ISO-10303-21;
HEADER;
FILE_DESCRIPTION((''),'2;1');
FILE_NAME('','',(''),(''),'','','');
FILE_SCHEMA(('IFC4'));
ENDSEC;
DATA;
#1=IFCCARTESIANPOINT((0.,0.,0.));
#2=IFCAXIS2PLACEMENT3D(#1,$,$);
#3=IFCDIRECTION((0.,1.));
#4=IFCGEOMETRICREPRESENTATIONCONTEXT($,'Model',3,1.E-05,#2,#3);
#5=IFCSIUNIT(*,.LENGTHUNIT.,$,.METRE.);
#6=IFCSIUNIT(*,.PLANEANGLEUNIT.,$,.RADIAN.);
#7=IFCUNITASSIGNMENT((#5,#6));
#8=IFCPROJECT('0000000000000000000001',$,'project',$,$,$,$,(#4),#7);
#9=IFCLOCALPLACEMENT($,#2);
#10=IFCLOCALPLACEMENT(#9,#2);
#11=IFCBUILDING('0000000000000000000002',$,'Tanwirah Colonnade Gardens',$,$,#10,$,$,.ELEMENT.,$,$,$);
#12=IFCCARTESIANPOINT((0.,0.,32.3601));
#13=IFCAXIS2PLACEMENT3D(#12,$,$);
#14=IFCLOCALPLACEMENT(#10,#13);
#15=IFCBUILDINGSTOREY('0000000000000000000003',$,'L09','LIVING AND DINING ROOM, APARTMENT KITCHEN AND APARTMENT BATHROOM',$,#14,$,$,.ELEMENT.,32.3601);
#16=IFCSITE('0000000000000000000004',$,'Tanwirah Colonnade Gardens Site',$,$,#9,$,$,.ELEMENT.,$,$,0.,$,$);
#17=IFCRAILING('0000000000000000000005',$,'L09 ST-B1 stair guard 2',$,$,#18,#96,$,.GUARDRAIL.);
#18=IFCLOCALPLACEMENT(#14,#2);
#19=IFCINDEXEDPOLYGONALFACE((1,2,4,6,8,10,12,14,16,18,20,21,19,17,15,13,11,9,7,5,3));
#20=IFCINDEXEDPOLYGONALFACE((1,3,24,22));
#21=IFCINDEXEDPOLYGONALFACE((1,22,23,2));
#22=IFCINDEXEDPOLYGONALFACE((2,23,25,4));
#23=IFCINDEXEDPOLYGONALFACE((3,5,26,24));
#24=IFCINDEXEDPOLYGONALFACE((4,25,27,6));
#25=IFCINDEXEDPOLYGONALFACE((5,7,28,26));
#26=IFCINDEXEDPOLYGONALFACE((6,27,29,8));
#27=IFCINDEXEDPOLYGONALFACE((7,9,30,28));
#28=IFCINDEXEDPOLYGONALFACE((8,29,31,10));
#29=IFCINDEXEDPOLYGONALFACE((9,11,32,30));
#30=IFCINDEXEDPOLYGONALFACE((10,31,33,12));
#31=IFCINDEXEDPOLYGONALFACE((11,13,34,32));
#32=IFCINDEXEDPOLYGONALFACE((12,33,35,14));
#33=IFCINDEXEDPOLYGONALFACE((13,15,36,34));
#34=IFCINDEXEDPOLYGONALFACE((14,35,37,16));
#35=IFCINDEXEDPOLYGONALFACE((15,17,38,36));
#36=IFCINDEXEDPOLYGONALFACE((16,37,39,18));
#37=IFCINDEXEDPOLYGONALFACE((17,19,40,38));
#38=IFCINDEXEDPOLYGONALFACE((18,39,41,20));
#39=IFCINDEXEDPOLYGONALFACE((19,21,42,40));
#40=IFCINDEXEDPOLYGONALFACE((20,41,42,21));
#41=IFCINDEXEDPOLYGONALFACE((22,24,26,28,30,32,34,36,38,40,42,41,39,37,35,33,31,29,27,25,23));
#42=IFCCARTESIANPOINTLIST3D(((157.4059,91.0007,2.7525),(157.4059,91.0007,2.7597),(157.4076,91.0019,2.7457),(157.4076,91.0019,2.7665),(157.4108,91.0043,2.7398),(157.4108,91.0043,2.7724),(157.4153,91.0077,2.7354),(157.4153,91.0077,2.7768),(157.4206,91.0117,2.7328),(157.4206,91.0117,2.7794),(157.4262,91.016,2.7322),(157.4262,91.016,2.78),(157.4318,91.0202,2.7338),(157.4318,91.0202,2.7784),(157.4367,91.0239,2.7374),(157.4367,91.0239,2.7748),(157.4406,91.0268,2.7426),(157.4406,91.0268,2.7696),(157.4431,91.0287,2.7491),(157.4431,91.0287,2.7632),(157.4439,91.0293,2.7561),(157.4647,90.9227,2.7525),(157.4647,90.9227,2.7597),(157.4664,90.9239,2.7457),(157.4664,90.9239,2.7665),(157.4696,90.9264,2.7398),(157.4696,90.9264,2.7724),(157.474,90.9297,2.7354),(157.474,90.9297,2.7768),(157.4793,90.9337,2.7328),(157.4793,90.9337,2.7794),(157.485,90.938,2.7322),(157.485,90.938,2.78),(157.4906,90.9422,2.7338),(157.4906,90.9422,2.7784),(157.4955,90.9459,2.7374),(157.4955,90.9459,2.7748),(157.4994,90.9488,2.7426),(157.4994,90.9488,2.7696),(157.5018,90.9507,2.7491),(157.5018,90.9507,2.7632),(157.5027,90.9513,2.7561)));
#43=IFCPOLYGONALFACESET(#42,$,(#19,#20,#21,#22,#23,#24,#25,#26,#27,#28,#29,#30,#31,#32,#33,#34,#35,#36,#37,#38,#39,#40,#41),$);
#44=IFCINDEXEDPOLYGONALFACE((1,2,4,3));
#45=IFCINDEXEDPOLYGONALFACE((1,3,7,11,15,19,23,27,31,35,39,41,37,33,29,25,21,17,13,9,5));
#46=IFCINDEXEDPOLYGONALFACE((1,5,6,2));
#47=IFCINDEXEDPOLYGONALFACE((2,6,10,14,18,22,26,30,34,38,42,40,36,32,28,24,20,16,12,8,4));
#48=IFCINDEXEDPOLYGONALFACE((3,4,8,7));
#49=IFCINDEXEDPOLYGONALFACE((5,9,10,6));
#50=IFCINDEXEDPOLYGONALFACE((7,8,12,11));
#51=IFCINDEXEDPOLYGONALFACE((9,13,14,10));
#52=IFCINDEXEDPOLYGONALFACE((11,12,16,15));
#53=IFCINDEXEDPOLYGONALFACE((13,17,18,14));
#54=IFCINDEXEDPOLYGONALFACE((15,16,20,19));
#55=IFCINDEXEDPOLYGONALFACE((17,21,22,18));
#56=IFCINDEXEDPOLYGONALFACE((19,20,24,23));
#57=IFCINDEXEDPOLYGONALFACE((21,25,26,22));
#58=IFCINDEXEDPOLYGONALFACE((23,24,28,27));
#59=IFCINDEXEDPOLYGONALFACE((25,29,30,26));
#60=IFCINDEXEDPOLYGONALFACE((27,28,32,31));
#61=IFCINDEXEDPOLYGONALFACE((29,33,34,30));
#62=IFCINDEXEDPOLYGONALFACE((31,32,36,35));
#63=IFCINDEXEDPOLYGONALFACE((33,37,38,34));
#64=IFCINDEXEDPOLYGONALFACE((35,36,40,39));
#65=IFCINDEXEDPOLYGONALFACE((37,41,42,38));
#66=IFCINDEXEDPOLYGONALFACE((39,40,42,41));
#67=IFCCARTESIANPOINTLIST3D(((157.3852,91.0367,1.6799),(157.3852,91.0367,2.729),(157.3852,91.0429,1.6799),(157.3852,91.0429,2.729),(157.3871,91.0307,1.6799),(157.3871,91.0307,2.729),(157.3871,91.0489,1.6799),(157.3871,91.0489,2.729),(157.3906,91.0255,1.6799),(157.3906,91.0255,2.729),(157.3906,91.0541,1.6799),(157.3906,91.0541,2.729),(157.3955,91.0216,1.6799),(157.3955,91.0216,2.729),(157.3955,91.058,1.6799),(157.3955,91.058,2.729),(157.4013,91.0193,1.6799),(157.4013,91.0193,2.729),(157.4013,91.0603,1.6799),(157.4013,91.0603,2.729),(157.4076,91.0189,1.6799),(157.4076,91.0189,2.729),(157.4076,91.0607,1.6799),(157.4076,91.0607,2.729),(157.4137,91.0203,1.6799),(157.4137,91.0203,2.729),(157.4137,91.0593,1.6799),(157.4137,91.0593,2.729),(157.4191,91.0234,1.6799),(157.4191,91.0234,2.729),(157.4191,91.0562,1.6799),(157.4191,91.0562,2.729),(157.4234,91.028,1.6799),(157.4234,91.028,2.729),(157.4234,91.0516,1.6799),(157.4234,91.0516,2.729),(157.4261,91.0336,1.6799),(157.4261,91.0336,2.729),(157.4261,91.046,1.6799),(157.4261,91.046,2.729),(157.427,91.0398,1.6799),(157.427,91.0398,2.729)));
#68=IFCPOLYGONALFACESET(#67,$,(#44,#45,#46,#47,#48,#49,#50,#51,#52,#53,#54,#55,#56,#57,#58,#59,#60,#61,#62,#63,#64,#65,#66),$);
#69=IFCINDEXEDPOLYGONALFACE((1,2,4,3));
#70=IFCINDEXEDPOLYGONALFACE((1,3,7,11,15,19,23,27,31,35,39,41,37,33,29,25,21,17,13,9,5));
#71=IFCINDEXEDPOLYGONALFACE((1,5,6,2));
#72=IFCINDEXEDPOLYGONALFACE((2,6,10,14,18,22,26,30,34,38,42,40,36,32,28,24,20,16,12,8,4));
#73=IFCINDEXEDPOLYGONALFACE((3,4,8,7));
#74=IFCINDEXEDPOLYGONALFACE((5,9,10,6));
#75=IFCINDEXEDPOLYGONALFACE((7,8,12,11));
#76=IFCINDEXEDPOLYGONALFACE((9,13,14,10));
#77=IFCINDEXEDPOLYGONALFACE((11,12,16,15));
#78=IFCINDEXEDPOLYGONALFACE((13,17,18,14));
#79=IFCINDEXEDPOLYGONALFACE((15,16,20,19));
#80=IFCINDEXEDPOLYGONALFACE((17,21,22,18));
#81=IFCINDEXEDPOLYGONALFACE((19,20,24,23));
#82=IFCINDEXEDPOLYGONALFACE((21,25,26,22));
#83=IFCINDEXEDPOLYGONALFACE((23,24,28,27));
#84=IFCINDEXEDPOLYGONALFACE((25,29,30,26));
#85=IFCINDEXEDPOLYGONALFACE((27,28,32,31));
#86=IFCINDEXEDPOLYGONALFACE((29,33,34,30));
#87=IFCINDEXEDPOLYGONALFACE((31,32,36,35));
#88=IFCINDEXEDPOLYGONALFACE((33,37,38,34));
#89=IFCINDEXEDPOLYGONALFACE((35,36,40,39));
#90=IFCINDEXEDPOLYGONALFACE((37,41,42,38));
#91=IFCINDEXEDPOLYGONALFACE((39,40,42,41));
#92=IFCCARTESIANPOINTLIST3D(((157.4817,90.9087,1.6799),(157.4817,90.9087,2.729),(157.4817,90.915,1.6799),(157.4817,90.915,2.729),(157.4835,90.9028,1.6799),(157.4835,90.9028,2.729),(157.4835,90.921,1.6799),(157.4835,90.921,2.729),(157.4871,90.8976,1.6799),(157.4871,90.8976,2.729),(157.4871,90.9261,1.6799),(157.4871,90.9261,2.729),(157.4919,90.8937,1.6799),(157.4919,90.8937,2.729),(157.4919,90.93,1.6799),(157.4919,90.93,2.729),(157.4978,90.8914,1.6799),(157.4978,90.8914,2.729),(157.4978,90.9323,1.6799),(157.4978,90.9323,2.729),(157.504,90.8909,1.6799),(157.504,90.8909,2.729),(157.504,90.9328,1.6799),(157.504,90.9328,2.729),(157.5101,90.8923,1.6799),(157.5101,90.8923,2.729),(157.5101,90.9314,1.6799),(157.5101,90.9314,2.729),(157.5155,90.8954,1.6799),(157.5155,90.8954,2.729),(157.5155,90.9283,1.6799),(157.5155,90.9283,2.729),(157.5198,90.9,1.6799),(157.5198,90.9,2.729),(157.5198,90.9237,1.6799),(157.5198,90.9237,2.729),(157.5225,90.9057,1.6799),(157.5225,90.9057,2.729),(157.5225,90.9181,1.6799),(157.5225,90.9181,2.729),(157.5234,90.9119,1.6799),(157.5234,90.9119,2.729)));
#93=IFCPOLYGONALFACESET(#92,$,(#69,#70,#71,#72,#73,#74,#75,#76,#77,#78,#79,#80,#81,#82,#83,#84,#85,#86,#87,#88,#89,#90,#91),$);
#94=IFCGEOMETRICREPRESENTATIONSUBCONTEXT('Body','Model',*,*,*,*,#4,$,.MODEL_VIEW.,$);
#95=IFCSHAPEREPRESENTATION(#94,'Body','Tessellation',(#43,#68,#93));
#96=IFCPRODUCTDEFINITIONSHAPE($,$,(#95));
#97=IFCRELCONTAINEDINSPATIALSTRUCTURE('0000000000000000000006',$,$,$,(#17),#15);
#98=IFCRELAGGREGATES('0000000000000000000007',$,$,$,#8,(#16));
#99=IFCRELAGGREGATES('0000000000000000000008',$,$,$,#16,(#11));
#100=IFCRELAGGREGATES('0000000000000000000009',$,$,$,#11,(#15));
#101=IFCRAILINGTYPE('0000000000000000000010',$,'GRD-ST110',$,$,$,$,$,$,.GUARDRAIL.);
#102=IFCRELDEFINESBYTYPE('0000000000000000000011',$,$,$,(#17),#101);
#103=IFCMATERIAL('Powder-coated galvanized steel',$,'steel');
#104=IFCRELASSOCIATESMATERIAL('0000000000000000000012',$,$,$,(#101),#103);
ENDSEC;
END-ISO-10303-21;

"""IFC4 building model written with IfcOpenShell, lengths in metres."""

from ifc_helpers import new_model, si_unit, direction, frame, origin, origin_2d, place, context, subcontext, project, spatial, circle, extrude, material, type_object, element, save


model = new_model("IFC4")

# Units and contexts
model_context = context("Model", 3, precision=1e-05, world=origin(), true_north=direction((0.0, 1.0)))
body_context = subcontext(model_context, "Body", "Model", "MODEL_VIEW")
ifc_project = project(units=[si_unit("LENGTHUNIT", "METRE"), si_unit("PLANEANGLEUNIT", "RADIAN")], contexts=[model_context])

# Site, building, storey
site_placement = place(None, origin())
site = spatial("IfcSite", under=ifc_project, at=site_placement, Name="Tanwirah Colonnade Gardens Site", CompositionType="ELEMENT", RefElevation=0.0)
building_placement = place(site_placement, origin())
building = spatial("IfcBuilding", under=site, at=building_placement, Name="Tanwirah Colonnade Gardens", CompositionType="ELEMENT")
storey_placement = place(building_placement, frame((0.0, 0.0, 32.3601)))
storey = spatial("IfcBuildingStorey", under=building, at=storey_placement, Name="L09", Description="LIVING AND DINING ROOM, APARTMENT KITCHEN AND APARTMENT BATHROOM", CompositionType="ELEMENT", Elevation=32.3601)

# Railing
ifc_material_1 = material(Name="Powder-coated galvanized steel", Category="steel")
railing_type_1 = type_object("IfcRailingType", Name="GRD-ST110", PredefinedType="GUARDRAIL", material=ifc_material_1)
railing_1_placement = place(storey_placement, frame((157.406, 91.0398, 1.6799)))
element("IfcRailing", 1, at=railing_1_placement, inside=storey, type_object=railing_type_1, Name="L09 ST-B1 stair guard 2", PredefinedType="GUARDRAIL", context=body_context, shape_type="SweptSolid", body=[
    extrude(circle(Radius=0.0239, at=origin_2d()), frame((0.0188, -0.0249, 1.0762), z_axis=(0.601949, -0.798535, 0.0), x_axis=(0.798535, 0.601949, 0.0)), (0.0, 0.0, 1.0), 0.0977),
    extrude(circle(Radius=0.021, at=origin_2d()), origin(), (0.0, 0.0, 1.0), 1.0491),
    extrude(circle(Radius=0.021, at=origin_2d()), frame((0.0964, -0.1279, 0.0)), (0.0, 0.0, 1.0), 1.0491),
])

save(model, "model.ifc")
